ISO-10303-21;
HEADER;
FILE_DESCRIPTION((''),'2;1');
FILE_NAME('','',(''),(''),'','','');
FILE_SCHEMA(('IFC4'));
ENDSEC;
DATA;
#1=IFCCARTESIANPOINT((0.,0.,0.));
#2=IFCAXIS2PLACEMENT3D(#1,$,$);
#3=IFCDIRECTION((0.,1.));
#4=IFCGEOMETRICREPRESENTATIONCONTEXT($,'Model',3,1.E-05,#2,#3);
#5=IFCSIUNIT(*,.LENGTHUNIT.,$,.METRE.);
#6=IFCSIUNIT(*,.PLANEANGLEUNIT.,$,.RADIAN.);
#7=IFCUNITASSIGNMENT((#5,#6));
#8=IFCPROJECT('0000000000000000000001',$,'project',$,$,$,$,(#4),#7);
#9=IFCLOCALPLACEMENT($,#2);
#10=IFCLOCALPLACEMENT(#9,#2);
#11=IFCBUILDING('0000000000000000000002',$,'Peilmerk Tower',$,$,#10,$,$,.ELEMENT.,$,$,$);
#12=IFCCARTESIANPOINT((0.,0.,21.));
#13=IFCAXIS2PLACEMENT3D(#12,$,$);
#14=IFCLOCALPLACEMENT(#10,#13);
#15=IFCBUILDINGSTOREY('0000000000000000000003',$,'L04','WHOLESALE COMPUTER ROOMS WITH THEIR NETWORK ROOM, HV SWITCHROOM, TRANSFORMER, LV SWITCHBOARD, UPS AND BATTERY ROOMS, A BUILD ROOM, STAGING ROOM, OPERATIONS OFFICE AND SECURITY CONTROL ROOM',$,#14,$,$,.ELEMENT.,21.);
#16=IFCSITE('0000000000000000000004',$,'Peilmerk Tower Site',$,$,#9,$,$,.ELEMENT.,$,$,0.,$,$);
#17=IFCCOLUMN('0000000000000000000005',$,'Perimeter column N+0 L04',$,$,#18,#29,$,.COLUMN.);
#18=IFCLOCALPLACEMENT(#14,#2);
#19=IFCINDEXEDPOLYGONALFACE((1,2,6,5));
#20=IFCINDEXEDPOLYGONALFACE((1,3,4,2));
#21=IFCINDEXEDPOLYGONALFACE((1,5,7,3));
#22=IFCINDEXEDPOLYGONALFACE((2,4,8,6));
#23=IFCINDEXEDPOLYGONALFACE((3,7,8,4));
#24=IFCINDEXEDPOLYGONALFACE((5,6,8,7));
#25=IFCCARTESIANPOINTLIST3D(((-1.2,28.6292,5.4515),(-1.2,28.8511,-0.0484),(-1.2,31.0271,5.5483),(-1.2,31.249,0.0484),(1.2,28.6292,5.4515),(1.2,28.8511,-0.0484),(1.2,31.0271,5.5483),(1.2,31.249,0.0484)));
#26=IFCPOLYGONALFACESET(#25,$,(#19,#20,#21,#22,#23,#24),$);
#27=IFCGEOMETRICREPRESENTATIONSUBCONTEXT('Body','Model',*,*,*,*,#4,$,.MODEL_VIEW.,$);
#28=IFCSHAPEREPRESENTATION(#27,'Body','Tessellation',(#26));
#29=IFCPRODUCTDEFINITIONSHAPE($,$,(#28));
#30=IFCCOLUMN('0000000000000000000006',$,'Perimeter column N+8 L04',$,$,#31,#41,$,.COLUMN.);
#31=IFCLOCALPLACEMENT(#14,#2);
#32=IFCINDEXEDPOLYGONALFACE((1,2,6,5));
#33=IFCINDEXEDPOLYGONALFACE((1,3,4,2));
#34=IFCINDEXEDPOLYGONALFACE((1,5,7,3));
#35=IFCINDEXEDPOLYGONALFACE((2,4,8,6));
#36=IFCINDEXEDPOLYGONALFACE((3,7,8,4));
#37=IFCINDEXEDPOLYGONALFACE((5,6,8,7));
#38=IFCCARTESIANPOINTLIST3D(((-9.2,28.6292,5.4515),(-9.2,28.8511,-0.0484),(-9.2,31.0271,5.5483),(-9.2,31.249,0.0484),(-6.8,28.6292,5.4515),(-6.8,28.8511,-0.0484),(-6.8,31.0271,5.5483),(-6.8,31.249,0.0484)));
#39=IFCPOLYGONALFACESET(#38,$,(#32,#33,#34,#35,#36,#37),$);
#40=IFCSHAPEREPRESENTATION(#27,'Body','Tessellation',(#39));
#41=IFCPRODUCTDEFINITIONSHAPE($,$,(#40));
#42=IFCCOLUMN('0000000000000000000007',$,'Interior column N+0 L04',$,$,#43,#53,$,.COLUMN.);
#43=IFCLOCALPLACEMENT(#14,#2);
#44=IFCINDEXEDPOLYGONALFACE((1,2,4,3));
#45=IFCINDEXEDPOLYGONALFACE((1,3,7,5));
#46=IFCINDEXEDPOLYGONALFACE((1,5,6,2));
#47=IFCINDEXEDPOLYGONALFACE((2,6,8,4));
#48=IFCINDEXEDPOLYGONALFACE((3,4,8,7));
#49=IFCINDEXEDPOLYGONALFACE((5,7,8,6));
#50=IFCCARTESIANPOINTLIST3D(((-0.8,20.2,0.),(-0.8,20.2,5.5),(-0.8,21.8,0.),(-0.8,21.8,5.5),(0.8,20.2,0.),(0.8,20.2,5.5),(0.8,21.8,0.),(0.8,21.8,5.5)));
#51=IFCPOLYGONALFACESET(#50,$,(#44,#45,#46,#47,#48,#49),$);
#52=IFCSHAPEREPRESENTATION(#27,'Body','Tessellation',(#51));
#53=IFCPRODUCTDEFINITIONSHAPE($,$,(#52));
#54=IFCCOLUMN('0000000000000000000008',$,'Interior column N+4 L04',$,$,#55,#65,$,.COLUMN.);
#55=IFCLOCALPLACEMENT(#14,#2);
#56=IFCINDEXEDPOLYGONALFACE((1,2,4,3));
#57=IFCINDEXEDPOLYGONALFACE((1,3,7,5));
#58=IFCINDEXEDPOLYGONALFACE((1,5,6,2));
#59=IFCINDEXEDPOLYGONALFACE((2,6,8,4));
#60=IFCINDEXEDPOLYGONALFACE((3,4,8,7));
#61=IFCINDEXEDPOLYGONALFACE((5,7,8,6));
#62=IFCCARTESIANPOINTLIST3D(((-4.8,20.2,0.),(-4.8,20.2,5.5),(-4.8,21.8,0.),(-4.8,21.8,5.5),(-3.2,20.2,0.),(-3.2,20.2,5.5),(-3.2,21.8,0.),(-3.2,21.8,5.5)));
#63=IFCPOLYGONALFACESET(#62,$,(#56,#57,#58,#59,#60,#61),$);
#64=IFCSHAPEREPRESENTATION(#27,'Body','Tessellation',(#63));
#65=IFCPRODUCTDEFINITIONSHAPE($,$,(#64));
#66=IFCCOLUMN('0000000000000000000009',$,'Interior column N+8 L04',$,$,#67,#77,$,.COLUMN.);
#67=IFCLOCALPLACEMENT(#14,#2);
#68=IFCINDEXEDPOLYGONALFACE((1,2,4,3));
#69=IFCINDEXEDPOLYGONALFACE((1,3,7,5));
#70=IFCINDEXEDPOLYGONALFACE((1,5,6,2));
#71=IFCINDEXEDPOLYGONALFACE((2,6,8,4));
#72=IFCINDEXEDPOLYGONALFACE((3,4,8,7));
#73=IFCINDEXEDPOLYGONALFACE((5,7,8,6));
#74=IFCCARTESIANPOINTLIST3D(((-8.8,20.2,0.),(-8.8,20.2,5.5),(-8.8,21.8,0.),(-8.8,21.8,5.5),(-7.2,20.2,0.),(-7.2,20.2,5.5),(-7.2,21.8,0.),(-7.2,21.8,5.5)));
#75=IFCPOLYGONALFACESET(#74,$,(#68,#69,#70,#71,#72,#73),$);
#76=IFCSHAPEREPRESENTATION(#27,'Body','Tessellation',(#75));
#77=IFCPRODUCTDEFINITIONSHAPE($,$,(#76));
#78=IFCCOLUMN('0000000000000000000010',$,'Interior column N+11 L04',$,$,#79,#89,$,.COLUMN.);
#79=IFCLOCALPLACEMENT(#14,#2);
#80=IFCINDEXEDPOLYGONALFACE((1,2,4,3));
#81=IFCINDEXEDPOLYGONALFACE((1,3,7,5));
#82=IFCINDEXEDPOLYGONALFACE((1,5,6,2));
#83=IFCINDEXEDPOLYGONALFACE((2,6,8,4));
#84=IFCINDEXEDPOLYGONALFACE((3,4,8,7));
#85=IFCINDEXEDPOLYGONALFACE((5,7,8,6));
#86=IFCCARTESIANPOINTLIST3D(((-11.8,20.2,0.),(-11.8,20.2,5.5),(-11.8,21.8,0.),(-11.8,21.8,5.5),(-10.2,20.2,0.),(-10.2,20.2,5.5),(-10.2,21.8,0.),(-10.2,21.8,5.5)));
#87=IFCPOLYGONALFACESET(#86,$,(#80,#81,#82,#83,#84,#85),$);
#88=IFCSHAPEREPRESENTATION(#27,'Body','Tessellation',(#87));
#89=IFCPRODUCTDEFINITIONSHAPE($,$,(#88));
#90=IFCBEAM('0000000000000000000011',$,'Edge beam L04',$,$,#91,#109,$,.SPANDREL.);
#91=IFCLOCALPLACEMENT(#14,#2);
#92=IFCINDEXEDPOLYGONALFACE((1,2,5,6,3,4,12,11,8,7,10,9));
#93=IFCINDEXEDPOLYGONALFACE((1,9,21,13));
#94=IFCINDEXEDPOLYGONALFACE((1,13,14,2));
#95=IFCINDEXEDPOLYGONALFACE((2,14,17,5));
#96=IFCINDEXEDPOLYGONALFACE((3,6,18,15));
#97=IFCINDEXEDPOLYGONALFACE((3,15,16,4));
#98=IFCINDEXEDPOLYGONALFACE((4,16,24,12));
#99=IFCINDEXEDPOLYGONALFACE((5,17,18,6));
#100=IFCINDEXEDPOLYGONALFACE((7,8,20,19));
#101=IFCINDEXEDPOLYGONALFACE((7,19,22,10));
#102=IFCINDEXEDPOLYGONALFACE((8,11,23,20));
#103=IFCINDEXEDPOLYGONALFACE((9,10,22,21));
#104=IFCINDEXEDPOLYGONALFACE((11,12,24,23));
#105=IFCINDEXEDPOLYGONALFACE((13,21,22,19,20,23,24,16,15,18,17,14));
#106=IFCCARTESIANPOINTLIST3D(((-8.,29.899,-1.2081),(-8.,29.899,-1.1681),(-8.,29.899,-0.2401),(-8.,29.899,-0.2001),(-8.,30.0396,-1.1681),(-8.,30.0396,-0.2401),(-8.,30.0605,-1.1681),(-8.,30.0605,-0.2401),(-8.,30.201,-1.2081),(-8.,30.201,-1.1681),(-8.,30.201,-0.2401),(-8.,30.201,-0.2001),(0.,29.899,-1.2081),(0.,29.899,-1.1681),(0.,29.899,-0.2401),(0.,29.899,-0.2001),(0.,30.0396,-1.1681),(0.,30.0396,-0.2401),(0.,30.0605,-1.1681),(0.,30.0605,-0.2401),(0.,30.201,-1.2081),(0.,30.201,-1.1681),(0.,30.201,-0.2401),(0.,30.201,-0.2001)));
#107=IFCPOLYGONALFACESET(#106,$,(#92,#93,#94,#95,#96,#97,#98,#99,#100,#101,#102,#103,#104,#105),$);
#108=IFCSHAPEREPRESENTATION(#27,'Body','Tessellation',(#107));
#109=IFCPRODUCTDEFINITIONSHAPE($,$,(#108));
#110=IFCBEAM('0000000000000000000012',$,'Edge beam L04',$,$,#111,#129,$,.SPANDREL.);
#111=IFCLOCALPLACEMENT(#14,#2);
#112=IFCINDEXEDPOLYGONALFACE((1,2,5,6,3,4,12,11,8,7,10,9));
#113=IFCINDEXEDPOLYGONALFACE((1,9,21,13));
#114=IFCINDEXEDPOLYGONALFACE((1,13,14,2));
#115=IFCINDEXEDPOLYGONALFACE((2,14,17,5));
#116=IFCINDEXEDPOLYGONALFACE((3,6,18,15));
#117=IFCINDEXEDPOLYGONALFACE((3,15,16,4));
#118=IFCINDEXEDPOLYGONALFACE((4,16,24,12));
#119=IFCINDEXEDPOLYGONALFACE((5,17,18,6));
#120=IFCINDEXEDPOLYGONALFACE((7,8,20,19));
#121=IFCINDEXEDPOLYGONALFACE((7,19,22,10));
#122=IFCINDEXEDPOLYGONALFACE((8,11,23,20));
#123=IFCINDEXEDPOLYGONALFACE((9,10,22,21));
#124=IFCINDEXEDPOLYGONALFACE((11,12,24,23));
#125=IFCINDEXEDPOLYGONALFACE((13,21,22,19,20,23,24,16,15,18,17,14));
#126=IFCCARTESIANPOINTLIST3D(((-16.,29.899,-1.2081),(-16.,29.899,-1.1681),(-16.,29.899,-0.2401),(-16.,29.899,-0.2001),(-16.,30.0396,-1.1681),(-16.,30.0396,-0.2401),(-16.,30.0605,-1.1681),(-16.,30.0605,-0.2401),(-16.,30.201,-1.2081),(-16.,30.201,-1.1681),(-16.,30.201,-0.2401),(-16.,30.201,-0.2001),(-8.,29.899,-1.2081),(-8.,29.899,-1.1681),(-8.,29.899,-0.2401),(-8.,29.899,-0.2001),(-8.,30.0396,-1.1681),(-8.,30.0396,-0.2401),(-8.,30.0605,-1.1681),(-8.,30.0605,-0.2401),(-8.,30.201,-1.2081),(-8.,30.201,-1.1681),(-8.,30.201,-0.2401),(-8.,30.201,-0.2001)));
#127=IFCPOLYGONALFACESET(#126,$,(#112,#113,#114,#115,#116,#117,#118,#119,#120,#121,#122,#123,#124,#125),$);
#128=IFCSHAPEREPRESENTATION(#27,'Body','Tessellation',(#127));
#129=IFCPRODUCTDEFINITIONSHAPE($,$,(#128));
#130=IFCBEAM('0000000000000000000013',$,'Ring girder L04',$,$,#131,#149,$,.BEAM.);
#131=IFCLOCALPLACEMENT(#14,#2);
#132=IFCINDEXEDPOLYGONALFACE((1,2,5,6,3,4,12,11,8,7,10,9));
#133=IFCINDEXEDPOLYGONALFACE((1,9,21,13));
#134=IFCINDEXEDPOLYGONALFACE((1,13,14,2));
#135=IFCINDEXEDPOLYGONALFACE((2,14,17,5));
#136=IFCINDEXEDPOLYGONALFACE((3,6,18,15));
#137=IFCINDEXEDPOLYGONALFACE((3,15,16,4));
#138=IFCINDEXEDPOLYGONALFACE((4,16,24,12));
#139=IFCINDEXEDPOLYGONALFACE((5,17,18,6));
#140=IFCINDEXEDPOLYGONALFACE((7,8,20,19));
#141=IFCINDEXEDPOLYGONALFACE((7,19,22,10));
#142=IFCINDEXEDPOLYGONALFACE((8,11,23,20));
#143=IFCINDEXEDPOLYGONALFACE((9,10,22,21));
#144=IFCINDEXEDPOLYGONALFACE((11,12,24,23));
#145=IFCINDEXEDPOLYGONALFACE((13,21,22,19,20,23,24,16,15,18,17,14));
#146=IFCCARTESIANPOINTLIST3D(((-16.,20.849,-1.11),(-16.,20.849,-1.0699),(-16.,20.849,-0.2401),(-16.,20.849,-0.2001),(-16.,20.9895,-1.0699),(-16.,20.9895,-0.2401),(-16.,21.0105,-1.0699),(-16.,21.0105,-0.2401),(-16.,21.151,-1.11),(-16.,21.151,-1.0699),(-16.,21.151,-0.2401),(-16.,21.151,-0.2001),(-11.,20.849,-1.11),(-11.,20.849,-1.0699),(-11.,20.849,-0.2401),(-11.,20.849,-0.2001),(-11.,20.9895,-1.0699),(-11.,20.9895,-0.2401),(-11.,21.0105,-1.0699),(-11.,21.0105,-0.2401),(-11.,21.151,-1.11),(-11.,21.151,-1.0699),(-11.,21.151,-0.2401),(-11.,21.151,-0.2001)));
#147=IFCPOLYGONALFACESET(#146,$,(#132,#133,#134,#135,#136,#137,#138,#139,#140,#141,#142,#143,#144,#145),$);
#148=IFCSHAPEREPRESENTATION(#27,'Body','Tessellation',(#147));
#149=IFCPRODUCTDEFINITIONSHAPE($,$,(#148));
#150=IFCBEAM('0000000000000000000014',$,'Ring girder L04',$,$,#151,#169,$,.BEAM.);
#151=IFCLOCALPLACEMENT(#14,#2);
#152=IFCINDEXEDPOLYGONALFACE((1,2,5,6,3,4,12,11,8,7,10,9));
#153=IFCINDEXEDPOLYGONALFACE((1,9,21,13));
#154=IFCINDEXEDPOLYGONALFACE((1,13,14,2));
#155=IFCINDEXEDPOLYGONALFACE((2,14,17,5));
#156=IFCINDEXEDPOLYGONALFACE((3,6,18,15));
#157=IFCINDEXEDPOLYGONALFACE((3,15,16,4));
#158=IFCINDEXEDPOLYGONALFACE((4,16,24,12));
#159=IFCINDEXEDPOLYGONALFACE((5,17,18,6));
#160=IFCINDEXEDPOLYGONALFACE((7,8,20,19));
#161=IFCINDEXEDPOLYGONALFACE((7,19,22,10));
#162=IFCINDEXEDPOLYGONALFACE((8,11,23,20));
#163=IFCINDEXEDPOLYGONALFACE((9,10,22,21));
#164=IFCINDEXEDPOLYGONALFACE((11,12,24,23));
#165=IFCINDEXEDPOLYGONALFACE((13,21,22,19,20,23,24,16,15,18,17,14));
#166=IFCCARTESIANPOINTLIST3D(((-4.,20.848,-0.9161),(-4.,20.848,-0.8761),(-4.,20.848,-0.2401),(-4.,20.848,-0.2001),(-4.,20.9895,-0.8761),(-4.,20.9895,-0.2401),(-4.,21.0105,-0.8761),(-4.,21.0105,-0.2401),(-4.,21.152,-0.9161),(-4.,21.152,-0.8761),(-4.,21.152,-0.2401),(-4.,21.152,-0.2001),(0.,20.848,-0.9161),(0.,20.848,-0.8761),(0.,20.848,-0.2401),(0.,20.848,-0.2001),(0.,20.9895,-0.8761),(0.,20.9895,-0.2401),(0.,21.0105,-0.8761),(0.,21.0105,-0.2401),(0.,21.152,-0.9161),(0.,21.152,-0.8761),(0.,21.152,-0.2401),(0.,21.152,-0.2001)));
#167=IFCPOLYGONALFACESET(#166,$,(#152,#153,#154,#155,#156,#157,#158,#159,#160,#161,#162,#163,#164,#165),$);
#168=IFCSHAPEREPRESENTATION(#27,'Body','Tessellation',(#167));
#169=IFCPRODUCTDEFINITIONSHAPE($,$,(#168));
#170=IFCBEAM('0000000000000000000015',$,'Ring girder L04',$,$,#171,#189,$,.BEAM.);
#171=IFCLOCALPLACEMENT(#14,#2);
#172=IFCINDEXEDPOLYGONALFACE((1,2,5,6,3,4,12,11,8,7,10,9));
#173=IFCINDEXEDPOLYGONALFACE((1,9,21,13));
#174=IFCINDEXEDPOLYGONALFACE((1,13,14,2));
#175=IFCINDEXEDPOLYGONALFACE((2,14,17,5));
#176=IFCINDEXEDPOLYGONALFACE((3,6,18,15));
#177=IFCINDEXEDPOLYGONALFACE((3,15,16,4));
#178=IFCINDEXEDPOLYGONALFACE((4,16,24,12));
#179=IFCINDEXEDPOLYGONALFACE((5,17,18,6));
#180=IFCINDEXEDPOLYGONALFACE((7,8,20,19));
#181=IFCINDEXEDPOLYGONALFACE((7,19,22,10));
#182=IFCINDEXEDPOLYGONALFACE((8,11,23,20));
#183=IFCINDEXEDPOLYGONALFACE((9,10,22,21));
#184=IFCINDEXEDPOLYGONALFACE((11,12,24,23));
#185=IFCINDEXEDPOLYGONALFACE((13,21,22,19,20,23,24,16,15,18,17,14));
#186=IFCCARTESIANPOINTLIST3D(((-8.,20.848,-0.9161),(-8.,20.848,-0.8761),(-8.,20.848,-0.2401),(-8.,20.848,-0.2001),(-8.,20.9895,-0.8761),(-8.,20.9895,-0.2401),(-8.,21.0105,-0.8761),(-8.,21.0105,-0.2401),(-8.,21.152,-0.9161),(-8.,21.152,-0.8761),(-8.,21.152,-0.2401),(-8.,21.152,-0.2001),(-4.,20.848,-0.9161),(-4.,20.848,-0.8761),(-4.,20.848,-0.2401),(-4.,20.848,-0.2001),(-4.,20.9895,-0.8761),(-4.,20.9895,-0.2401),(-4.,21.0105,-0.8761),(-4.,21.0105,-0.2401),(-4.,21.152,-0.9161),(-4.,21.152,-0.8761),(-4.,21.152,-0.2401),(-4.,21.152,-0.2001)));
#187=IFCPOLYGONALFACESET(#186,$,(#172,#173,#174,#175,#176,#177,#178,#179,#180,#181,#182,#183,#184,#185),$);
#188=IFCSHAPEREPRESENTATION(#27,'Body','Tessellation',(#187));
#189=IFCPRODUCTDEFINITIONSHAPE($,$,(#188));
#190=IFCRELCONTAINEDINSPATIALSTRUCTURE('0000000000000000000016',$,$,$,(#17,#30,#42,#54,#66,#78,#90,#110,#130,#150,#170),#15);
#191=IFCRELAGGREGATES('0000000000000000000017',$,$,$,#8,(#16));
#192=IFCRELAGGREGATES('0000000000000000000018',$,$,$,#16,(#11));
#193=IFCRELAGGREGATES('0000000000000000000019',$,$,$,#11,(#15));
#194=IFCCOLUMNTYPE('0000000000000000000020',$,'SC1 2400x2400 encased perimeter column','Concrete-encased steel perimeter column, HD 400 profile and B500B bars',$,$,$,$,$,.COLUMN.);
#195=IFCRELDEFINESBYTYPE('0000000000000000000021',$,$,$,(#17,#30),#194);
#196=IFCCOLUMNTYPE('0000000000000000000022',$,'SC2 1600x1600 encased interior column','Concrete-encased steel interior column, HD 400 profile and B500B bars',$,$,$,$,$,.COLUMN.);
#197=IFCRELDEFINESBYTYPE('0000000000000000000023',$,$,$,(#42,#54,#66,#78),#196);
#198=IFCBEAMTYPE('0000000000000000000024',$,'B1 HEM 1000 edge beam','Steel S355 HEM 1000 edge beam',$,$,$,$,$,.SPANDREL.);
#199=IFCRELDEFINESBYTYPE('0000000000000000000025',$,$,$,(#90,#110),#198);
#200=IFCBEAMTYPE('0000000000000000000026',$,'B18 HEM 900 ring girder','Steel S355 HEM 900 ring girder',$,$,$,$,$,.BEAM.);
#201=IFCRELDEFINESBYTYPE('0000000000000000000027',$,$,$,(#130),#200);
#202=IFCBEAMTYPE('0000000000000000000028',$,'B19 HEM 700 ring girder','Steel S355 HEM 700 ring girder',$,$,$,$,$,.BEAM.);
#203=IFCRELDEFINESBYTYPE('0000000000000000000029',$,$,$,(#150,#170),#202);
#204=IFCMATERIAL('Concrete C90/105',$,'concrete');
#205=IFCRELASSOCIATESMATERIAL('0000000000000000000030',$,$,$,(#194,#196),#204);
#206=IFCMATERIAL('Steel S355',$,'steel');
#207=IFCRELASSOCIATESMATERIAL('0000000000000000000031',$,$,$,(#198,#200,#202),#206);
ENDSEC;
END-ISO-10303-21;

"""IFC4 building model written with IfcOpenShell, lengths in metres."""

from ifc_helpers import new_model, si_unit, direction, frame, origin, origin_2d, place, context, subcontext, project, spatial, rectangle, i_section, extrude, material, material_profile, profile_set, type_object, element, save


model = new_model("IFC4")

# Units and contexts
model_context = context("Model", 3, precision=1e-05, world=origin(), true_north=direction((0.0, 1.0)))
body_context = subcontext(model_context, "Body", "Model", "MODEL_VIEW")
ifc_project = project(units=[si_unit("LENGTHUNIT", "METRE"), si_unit("PLANEANGLEUNIT", "RADIAN")], contexts=[model_context])

# Site, building, storey
site_placement = place(None, origin())
site = spatial("IfcSite", under=ifc_project, at=site_placement, Name="Peilmerk Tower Site", CompositionType="ELEMENT", RefElevation=0.0)
building_placement = place(site_placement, origin())
building = spatial("IfcBuilding", under=site, at=building_placement, Name="Peilmerk Tower", CompositionType="ELEMENT")
storey_placement = place(building_placement, frame((0.0, 0.0, 21.0)))
storey = spatial("IfcBuildingStorey", under=building, at=storey_placement, Name="L04", Description="WHOLESALE COMPUTER ROOMS WITH THEIR NETWORK ROOM, HV SWITCHROOM, TRANSFORMER, LV SWITCHBOARD, UPS AND BATTERY ROOMS, A BUILD ROOM, STAGING ROOM, OPERATIONS OFFICE AND SECURITY CONTROL ROOM", CompositionType="ELEMENT", Elevation=21.0)

# Columns
ifc_material_1 = material(Name="Concrete C90/105", Category="concrete")
ifc_material_profile_1 = material_profile(ifc_material_1, rectangle(XDim=2.3999, YDim=2.3999, at=origin_2d()), Name="RC 2400x2400")
ifc_profile_set_1 = profile_set([ifc_material_profile_1], Name="Concrete C90/105")
column_type_1 = type_object("IfcColumnType", Name="SC1 2400x2400 encased perimeter column", Description="Concrete-encased steel perimeter column, HD 400 profile and B500B bars", PredefinedType="COLUMN", material=ifc_profile_set_1)
for number, where, z_axis, x_axis, name in (
    (1, (0.0, 30.05, 0.0), (0.0, -0.040317, 0.999187), (1.0, 0.0, 0.0), "Perimeter column N+0 L04"),
    (2, (-8.0, 30.05, 0.0), (0.0, -0.040317, 0.999187), (1.0, 0.0, 0.0), "Perimeter column N+8 L04"),
):
    element("IfcColumn", number, at=place(storey_placement, frame(where, z_axis=z_axis, x_axis=x_axis)), inside=storey, type_object=column_type_1, Name=name, PredefinedType="COLUMN", context=body_context, shape_type="SweptSolid", body=[
        extrude(rectangle(XDim=2.3999, YDim=2.3999, at=origin_2d()), origin(), (0.0, 0.0, 1.0), 5.5044),
    ])
ifc_material_profile_2 = material_profile(ifc_material_1, rectangle(XDim=1.6001, YDim=1.6001, at=origin_2d()), Name="RC 1600x1600")
ifc_profile_set_2 = profile_set([ifc_material_profile_2], Name="Concrete C90/105")
column_type_2 = type_object("IfcColumnType", Name="SC2 1600x1600 encased interior column", Description="Concrete-encased steel interior column, HD 400 profile and B500B bars", PredefinedType="COLUMN", material=ifc_profile_set_2)
for number, where, z_axis, x_axis, name in (
    (3, (0.0, 21.0, 0.0), (0.0, 0.0, 1.0), (1.0, 0.0, 0.0), "Interior column N+0 L04"),
    (4, (-4.0, 21.0, 0.0), (0.0, 0.0, 1.0), (1.0, 0.0, 0.0), "Interior column N+4 L04"),
    (5, (-8.0, 21.0, 0.0), (0.0, 0.0, 1.0), (1.0, 0.0, 0.0), "Interior column N+8 L04"),
    (6, (-11.0, 21.0, 0.0), (0.0, 0.0, 1.0), (1.0, 0.0, 0.0), "Interior column N+11 L04"),
):
    element("IfcColumn", number, at=place(storey_placement, frame(where, z_axis=z_axis, x_axis=x_axis)), inside=storey, type_object=column_type_2, Name=name, PredefinedType="COLUMN", context=body_context, shape_type="SweptSolid", body=[
        extrude(rectangle(XDim=1.6001, YDim=1.6001, at=origin_2d()), origin(), (0.0, 0.0, 1.0), 5.5),
    ])

# Beams
ifc_material_2 = material(Name="Steel S355", Category="steel")
ifc_material_profile_3 = material_profile(ifc_material_2, i_section(OverallWidth=0.302, OverallDepth=1.0081, WebThickness=0.021, FlangeThickness=0.04, at=origin_2d()), Name="HEM 1000")
ifc_profile_set_3 = profile_set([ifc_material_profile_3], Name="Steel S355")
beam_type_1 = type_object("IfcBeamType", Name="B1 HEM 1000 edge beam", Description="Steel S355 HEM 1000 edge beam", PredefinedType="SPANDREL", material=ifc_profile_set_3)
for number, where, z_axis, x_axis, name in (
    (7, (0.0, 30.05, -0.7041), (-1.0, 0.0, 0.0), (0.0, -1.0, 0.0), "Edge beam L04"),
    (8, (-8.0, 30.05, -0.7041), (-1.0, 0.0, 0.0), (0.0, -1.0, 0.0), "Edge beam L04"),
):
    element("IfcBeam", number, at=place(storey_placement, frame(where, z_axis=z_axis, x_axis=x_axis)), inside=storey, type_object=beam_type_1, Name=name, PredefinedType="SPANDREL", context=body_context, shape_type="SweptSolid", body=[
        extrude(i_section(OverallWidth=0.302, OverallDepth=1.0081, WebThickness=0.021, FlangeThickness=0.04, at=origin_2d()), origin(), (0.0, 0.0, 1.0), 8.0),
    ])
ifc_material_profile_4 = material_profile(ifc_material_2, i_section(OverallWidth=0.302, OverallDepth=0.9099, WebThickness=0.021, FlangeThickness=0.04, at=origin_2d()), Name="HEM 900")
ifc_profile_set_4 = profile_set([ifc_material_profile_4], Name="Steel S355")
beam_type_2 = type_object("IfcBeamType", Name="B18 HEM 900 ring girder", Description="Steel S355 HEM 900 ring girder", PredefinedType="BEAM", material=ifc_profile_set_4)
beam_1_placement = place(storey_placement, frame((-11.0, 21.0, -0.655), z_axis=(-1.0, 0.0, 0.0), x_axis=(0.0, -1.0, 0.0)))
element("IfcBeam", 9, at=beam_1_placement, inside=storey, type_object=beam_type_2, Name="Ring girder L04", PredefinedType="BEAM", context=body_context, shape_type="SweptSolid", body=[
    extrude(i_section(OverallWidth=0.302, OverallDepth=0.9099, WebThickness=0.021, FlangeThickness=0.04, at=origin_2d()), origin(), (0.0, 0.0, 1.0), 5.0),
])
ifc_material_profile_5 = material_profile(ifc_material_2, i_section(OverallWidth=0.304, OverallDepth=0.7161, WebThickness=0.021, FlangeThickness=0.04, at=origin_2d()), Name="HEM 700")
ifc_profile_set_5 = profile_set([ifc_material_profile_5], Name="Steel S355")
beam_type_3 = type_object("IfcBeamType", Name="B19 HEM 700 ring girder", Description="Steel S355 HEM 700 ring girder", PredefinedType="BEAM", material=ifc_profile_set_5)
for number, where, z_axis, x_axis, name in (
    (10, (0.0, 21.0, -0.5581), (-1.0, 0.0, 0.0), (0.0, -1.0, 0.0), "Ring girder L04"),
    (11, (-4.0, 21.0, -0.5581), (-1.0, 0.0, 0.0), (0.0, -1.0, 0.0), "Ring girder L04"),
):
    element("IfcBeam", number, at=place(storey_placement, frame(where, z_axis=z_axis, x_axis=x_axis)), inside=storey, type_object=beam_type_3, Name=name, PredefinedType="BEAM", context=body_context, shape_type="SweptSolid", body=[
        extrude(i_section(OverallWidth=0.304, OverallDepth=0.7161, WebThickness=0.021, FlangeThickness=0.04, at=origin_2d()), origin(), (0.0, 0.0, 1.0), 4.0),
    ])

save(model, "model.ifc")
